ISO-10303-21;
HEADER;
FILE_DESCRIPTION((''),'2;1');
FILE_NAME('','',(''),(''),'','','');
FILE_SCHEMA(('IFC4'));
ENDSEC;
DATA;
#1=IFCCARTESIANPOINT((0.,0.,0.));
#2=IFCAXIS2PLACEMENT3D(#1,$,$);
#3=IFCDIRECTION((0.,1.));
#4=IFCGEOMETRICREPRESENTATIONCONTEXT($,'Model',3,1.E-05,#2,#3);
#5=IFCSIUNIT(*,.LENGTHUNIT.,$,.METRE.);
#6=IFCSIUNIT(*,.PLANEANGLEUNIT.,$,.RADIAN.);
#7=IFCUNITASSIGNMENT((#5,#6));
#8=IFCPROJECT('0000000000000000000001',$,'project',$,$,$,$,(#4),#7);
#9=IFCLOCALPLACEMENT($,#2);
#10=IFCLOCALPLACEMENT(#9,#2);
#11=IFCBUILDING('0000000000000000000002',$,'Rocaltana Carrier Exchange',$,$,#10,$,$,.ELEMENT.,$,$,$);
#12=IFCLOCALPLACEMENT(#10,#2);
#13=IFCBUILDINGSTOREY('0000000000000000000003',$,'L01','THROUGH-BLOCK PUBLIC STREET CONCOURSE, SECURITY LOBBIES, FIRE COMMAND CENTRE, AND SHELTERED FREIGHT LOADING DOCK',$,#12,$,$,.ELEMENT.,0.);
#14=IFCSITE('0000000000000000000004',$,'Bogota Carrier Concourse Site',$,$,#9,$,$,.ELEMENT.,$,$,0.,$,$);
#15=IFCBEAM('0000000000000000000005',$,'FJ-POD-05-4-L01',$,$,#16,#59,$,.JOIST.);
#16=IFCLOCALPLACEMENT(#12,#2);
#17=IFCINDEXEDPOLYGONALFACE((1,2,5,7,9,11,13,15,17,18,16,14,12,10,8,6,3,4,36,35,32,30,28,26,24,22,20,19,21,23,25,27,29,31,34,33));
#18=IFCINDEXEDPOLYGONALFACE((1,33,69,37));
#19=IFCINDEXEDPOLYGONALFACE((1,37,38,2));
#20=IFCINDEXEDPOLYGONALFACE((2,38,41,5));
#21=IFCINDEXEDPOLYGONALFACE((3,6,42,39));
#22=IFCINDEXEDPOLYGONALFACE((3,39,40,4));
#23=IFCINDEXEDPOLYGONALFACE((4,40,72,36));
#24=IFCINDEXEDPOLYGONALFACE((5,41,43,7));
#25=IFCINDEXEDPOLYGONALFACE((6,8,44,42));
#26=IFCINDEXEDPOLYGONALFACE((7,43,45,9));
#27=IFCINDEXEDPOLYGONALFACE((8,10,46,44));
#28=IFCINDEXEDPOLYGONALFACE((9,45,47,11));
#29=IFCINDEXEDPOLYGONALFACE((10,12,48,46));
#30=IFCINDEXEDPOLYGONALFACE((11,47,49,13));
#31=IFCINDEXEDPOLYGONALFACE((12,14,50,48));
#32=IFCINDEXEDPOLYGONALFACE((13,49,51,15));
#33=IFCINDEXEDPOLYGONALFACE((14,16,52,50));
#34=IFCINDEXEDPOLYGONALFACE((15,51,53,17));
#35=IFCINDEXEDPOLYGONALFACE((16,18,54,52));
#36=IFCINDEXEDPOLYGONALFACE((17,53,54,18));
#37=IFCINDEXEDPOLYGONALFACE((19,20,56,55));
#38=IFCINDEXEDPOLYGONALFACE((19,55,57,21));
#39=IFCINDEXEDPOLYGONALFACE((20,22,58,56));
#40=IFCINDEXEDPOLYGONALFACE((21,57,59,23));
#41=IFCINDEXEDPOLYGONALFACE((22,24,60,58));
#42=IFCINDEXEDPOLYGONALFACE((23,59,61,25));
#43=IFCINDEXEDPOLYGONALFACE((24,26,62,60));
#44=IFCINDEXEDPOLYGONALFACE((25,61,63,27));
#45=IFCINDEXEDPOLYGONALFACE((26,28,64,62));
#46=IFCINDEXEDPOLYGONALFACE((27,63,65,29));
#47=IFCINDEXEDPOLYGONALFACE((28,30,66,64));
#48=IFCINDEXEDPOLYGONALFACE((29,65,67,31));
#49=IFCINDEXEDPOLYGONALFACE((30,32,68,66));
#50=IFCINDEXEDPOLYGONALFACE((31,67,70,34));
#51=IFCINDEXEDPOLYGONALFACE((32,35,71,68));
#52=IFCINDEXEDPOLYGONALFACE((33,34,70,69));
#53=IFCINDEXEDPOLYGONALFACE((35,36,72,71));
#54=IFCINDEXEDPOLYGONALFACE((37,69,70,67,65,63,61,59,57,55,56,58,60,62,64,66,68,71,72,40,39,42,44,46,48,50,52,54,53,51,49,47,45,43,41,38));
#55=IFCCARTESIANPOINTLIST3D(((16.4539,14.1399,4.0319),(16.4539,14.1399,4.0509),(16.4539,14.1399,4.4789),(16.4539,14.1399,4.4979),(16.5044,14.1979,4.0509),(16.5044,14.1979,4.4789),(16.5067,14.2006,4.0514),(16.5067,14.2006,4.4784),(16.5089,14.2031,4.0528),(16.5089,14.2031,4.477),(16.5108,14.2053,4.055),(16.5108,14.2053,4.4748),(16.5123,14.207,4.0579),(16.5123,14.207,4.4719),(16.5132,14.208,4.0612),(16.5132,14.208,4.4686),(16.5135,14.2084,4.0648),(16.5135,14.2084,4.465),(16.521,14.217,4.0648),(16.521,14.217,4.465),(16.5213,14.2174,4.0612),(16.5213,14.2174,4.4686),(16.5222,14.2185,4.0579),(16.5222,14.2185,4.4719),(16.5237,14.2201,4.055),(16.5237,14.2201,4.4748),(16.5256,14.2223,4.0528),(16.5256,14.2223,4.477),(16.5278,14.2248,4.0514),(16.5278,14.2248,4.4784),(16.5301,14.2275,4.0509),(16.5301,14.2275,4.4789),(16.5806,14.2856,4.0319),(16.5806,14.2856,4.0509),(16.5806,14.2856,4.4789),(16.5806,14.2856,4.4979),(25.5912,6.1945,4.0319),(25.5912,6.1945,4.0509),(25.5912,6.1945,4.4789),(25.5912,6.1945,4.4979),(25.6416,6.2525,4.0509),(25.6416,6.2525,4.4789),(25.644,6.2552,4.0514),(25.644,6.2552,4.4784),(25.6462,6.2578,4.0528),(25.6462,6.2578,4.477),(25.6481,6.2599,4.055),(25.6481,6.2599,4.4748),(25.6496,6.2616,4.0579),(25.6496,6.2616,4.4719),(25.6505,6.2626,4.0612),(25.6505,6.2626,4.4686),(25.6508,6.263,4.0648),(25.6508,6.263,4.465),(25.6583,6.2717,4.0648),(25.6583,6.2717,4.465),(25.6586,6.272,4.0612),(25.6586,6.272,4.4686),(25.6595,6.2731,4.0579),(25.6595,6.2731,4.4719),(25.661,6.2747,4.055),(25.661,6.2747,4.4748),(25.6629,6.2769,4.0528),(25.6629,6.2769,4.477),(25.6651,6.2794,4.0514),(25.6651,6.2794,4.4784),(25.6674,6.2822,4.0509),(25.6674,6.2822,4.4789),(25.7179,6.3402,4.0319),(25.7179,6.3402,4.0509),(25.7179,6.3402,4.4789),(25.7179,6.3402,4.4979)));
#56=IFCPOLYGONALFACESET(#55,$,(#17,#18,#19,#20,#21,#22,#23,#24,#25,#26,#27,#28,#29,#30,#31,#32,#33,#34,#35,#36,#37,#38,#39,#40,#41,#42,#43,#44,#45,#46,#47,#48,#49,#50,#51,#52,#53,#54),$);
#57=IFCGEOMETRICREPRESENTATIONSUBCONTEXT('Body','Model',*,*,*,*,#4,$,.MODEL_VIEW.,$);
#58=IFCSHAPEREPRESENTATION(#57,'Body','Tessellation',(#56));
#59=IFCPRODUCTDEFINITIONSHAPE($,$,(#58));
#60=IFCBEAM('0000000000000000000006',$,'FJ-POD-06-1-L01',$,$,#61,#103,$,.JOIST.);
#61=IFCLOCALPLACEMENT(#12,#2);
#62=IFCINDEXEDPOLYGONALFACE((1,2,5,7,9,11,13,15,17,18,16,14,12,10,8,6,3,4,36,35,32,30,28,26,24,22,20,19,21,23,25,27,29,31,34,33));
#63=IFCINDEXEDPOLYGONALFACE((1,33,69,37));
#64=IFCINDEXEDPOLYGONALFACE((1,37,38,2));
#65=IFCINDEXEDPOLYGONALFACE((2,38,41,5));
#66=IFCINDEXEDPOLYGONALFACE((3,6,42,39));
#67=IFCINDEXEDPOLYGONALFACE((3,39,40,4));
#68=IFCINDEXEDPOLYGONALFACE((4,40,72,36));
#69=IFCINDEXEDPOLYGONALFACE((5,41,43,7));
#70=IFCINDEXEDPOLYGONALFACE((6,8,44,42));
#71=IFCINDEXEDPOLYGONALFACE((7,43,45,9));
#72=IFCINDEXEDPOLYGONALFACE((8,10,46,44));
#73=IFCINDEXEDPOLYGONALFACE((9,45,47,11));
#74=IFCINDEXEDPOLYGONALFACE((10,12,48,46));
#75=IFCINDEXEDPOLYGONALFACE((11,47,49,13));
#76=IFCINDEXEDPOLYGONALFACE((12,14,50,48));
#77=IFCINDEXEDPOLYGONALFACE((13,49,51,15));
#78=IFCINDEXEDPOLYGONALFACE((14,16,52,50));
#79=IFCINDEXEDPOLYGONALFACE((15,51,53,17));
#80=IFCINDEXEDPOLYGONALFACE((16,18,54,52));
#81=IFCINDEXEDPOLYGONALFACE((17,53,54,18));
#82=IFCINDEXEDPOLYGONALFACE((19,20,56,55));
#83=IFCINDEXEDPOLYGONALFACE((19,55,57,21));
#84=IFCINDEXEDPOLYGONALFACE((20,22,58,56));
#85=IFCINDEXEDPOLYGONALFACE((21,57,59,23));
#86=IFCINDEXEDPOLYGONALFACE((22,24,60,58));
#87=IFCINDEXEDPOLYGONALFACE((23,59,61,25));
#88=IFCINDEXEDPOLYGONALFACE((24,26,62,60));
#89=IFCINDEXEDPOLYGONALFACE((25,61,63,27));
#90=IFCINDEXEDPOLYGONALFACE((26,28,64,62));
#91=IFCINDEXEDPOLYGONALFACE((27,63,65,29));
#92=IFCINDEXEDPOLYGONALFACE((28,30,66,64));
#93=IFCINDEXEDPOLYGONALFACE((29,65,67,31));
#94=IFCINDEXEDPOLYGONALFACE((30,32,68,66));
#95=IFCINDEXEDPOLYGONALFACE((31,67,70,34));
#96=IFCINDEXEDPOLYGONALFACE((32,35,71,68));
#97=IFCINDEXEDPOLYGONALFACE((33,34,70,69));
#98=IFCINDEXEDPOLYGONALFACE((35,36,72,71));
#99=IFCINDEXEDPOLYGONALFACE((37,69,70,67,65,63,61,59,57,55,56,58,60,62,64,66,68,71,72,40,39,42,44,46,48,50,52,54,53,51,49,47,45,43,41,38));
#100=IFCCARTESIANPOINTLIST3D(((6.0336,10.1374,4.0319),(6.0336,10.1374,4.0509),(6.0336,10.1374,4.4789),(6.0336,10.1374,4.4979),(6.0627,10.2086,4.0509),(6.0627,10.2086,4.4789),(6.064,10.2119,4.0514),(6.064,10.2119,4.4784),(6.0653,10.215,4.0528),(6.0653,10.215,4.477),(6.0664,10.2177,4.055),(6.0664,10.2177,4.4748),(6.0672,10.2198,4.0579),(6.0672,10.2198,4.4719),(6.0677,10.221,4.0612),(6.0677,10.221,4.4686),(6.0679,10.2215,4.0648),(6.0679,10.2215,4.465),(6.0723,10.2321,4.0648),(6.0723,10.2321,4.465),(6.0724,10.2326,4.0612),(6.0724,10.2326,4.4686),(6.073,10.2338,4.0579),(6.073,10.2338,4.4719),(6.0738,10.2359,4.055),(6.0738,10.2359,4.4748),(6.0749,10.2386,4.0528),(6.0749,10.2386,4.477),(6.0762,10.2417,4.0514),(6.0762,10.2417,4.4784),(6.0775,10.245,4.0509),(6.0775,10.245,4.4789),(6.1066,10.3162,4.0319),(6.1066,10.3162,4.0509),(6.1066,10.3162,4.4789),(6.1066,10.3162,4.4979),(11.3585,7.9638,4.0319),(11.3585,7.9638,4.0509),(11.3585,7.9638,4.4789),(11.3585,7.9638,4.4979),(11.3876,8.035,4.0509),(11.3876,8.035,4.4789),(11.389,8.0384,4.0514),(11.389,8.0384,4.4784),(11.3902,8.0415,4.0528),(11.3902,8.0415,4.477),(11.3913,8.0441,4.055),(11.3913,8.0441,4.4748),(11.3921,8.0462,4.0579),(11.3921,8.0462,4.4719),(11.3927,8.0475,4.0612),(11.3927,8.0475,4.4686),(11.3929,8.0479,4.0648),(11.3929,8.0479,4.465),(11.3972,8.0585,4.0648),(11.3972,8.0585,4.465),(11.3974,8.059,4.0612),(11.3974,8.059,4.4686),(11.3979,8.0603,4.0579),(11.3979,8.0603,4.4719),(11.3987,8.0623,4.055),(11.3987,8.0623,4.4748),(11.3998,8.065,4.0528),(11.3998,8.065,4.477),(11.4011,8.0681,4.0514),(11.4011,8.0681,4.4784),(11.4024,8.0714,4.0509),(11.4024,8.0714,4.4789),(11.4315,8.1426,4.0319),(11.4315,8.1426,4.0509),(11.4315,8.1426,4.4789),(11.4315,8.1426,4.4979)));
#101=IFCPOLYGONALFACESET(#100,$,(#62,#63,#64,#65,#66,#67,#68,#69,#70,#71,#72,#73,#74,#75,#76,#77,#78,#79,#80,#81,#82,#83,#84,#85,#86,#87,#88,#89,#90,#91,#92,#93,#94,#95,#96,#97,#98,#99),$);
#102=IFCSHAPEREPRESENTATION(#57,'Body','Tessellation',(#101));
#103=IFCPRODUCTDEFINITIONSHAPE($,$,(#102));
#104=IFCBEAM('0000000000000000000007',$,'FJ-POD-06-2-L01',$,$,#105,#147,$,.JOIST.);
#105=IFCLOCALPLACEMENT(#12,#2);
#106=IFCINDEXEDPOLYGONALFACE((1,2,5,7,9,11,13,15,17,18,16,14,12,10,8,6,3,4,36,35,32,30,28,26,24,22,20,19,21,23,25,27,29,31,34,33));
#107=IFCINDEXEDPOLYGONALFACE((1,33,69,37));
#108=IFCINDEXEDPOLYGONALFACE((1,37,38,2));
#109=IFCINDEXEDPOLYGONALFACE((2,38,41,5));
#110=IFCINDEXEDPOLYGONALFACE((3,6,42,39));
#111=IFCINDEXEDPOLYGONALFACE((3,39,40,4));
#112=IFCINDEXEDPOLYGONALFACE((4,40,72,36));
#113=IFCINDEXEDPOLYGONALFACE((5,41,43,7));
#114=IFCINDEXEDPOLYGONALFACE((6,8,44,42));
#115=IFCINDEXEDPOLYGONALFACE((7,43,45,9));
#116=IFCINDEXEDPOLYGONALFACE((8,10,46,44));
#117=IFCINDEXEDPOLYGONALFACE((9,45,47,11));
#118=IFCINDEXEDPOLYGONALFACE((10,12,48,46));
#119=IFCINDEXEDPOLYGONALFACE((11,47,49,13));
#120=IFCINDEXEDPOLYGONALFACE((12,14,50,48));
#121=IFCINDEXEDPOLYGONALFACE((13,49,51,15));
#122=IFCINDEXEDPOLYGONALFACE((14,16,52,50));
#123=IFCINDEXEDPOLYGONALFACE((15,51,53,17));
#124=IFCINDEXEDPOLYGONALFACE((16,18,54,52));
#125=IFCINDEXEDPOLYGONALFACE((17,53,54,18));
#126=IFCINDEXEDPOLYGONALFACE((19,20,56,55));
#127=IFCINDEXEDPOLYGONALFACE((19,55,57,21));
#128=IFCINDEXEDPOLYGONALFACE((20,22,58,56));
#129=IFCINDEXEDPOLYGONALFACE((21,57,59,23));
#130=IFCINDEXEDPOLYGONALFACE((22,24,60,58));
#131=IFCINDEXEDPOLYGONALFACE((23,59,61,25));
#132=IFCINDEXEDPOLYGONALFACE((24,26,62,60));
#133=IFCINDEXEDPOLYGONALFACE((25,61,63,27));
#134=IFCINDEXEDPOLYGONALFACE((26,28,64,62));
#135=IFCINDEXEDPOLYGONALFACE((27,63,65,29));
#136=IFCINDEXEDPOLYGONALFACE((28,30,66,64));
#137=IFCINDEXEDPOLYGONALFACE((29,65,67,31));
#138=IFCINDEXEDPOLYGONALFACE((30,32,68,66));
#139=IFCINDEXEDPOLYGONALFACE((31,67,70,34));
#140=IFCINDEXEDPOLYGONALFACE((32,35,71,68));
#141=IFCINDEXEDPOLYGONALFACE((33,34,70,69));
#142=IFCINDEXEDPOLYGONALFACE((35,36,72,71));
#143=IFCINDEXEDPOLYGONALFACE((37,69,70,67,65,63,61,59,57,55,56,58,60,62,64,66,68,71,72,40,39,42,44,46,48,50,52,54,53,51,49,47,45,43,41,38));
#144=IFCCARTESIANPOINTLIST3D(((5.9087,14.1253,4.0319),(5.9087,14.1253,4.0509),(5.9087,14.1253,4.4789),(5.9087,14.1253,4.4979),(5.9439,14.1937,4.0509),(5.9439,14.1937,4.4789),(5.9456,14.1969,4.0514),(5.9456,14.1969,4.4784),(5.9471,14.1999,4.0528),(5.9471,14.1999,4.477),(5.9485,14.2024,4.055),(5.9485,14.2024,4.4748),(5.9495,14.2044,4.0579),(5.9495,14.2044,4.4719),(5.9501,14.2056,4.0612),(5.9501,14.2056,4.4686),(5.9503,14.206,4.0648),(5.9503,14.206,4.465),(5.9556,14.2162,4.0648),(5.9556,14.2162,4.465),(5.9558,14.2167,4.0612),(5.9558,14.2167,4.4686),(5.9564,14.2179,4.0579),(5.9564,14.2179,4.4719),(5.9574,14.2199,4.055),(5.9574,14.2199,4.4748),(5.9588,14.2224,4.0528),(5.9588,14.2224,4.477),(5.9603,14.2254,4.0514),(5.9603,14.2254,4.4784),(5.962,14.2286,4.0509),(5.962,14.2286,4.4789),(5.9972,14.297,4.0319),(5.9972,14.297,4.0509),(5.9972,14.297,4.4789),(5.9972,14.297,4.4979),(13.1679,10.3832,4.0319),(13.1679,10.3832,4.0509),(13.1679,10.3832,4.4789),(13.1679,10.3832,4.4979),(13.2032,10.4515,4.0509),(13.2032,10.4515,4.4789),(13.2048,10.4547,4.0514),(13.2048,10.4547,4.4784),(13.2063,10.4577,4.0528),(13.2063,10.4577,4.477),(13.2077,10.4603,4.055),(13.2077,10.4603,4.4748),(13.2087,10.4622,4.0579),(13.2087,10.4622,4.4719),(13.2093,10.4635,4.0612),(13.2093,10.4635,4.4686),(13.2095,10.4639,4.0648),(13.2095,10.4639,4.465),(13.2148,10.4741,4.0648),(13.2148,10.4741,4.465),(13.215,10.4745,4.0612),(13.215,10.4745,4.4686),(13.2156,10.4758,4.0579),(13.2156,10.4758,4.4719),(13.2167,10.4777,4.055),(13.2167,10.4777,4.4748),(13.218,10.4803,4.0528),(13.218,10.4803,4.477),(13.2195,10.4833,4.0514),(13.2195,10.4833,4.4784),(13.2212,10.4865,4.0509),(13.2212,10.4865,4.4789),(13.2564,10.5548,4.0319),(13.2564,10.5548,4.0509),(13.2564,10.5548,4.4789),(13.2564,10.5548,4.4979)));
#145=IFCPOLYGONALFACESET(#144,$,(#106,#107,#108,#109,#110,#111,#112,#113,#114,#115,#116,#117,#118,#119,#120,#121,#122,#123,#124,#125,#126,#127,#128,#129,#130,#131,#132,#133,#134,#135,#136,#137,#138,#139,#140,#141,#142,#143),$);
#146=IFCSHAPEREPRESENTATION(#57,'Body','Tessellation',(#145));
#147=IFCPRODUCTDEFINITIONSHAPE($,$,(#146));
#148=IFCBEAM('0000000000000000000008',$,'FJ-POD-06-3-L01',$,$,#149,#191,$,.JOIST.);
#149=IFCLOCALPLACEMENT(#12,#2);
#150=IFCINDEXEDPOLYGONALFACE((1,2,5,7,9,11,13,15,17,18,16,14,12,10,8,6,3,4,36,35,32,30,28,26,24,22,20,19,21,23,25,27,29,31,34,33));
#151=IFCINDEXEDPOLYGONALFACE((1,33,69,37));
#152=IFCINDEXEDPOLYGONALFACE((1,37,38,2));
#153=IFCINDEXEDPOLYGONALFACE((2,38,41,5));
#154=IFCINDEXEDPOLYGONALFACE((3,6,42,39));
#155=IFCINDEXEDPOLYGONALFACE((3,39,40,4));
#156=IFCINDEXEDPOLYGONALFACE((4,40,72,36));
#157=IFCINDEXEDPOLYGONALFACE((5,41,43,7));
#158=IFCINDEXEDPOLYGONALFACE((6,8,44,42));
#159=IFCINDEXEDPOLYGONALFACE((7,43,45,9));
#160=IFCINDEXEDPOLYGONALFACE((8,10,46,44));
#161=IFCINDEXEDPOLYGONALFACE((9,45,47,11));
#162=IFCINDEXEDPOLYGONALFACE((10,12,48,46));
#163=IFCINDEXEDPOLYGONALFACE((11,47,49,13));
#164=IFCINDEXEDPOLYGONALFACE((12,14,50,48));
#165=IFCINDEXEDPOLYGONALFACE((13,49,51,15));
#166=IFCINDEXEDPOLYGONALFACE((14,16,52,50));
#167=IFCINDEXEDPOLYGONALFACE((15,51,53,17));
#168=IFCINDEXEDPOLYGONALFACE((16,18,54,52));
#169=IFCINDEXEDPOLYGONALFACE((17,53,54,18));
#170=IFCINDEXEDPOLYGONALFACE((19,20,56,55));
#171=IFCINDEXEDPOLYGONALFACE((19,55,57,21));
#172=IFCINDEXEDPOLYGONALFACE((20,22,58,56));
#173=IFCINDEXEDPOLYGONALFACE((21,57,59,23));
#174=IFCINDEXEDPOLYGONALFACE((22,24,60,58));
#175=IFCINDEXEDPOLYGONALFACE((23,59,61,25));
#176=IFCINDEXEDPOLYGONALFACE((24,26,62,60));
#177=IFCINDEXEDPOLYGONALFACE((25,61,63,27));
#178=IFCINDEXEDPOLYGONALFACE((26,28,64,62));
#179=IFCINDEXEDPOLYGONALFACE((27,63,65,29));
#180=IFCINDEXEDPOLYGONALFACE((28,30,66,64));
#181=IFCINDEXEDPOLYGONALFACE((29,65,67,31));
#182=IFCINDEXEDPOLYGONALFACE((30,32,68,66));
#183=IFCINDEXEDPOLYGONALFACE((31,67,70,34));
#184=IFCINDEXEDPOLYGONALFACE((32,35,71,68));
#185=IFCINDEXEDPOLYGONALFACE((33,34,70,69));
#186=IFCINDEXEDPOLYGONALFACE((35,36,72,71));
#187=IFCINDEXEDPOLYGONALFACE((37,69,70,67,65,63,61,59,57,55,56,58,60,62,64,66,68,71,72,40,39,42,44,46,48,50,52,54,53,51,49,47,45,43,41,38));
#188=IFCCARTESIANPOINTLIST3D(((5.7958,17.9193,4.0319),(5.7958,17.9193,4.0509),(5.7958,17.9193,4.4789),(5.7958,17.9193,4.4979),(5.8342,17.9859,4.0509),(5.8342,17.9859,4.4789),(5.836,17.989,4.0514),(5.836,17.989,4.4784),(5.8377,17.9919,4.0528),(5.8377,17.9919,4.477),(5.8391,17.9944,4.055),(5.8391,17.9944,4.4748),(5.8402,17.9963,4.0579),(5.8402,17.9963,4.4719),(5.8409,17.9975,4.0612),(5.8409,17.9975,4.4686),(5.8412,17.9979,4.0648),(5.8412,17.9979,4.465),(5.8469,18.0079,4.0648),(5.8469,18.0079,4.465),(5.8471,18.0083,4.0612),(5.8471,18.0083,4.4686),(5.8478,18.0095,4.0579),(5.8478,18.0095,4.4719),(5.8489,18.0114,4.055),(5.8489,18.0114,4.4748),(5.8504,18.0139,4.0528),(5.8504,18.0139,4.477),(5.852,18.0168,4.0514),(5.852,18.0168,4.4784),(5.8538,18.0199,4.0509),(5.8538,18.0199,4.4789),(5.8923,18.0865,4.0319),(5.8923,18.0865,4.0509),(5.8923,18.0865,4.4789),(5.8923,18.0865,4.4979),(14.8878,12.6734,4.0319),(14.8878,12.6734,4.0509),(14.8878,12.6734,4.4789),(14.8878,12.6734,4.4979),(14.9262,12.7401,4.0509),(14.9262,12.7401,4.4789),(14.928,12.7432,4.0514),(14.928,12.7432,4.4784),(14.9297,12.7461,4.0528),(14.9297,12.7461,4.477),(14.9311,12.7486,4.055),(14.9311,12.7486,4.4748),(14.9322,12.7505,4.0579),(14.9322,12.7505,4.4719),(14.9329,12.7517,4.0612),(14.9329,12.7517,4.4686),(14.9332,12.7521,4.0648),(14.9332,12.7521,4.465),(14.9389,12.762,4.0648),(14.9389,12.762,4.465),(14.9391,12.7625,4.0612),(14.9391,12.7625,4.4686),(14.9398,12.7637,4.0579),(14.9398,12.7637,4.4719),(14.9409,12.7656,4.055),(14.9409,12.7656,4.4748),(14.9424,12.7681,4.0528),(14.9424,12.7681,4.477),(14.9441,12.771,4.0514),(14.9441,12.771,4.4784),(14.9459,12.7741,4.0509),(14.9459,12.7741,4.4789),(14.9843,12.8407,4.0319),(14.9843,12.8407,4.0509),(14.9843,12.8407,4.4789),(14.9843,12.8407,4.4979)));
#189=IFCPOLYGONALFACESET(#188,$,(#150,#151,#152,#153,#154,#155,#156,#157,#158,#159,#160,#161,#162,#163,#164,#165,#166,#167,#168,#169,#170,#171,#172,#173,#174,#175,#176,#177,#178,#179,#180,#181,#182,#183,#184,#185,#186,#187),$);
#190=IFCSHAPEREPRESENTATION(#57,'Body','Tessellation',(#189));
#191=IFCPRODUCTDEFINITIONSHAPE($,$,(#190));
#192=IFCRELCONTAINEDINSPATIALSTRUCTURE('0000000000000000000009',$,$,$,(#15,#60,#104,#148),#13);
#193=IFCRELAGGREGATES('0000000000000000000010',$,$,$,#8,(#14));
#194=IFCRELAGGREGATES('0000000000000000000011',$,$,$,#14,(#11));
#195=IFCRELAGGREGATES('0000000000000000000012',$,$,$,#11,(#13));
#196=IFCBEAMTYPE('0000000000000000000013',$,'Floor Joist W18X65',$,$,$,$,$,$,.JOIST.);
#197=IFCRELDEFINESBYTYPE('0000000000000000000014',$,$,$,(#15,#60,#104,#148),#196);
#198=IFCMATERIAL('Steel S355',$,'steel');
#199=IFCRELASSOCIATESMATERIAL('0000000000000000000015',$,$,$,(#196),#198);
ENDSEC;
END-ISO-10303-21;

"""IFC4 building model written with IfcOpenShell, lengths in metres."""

from ifc_helpers import new_model, si_unit, direction, frame, origin, origin_2d, place, context, subcontext, project, spatial, i_section, extrude, material, material_profile, profile_set, type_object, element, save


model = new_model("IFC4")

# Units and contexts
model_context = context("Model", 3, precision=1e-05, world=origin(), true_north=direction((0.0, 1.0)))
body_context = subcontext(model_context, "Body", "Model", "MODEL_VIEW")
ifc_project = project(units=[si_unit("LENGTHUNIT", "METRE"), si_unit("PLANEANGLEUNIT", "RADIAN")], contexts=[model_context])

# Site, building, storey
site_placement = place(None, origin())
site = spatial("IfcSite", under=ifc_project, at=site_placement, Name="Bogota Carrier Concourse Site", CompositionType="ELEMENT", RefElevation=0.0)
building_placement = place(site_placement, origin())
building = spatial("IfcBuilding", under=site, at=building_placement, Name="Rocaltana Carrier Exchange", CompositionType="ELEMENT")
storey_placement = place(building_placement, origin())
storey = spatial("IfcBuildingStorey", under=building, at=storey_placement, Name="L01", Description="THROUGH-BLOCK PUBLIC STREET CONCOURSE, SECURITY LOBBIES, FIRE COMMAND CENTRE, AND SHELTERED FREIGHT LOADING DOCK", CompositionType="ELEMENT", Elevation=0.0)

# Beams
ifc_material_1 = material(Name="Steel S355", Category="steel")
ifc_material_profile_1 = material_profile(ifc_material_1, i_section(OverallWidth=0.1931, OverallDepth=0.4661, WebThickness=0.0115, FlangeThickness=0.019, FilletRadius=0.0139, at=origin_2d()), Name="W18X65")
ifc_profile_set_1 = profile_set([ifc_material_profile_1], Name="Steel S355")
beam_type_1 = type_object("IfcBeamType", Name="Floor Joist W18X65", PredefinedType="JOIST", material=ifc_profile_set_1)
beam_1_placement = place(storey_placement, frame((25.6545, 6.2673, 4.2649), z_axis=(-0.754609, 0.656175, 0.0), x_axis=(-0.656175, -0.754609, 0.0)))
element("IfcBeam", 1, at=beam_1_placement, inside=storey, type_object=beam_type_1, Name="FJ-POD-05-4-L01", PredefinedType="JOIST", context=body_context, shape_type="SweptSolid", body=[
    extrude(i_section(OverallWidth=0.1931, OverallDepth=0.4661, WebThickness=0.0115, FlangeThickness=0.019, FilletRadius=0.0139, at=origin_2d()), origin(), (0.0, 0.0, 1.0), 12.1086),
])
beam_2_placement = place(storey_placement, frame((11.395, 8.0532, 4.2649), z_axis=(-0.925839, 0.377917, 0.0), x_axis=(-0.377917, -0.925839, 0.0)))
element("IfcBeam", 2, at=beam_2_placement, inside=storey, type_object=beam_type_1, Name="FJ-POD-06-1-L01", PredefinedType="JOIST", context=body_context, shape_type="SweptSolid", body=[
    extrude(i_section(OverallWidth=0.1931, OverallDepth=0.4661, WebThickness=0.0115, FlangeThickness=0.019, FilletRadius=0.0139, at=origin_2d()), origin(), (0.0, 0.0, 1.0), 5.7515),
])
beam_3_placement = place(storey_placement, frame((13.2122, 10.469, 4.2649), z_axis=(-0.888847, 0.458204, 0.0), x_axis=(-0.458204, -0.888847, 0.0)))
element("IfcBeam", 3, at=beam_3_placement, inside=storey, type_object=beam_type_1, Name="FJ-POD-06-2-L01", PredefinedType="JOIST", context=body_context, shape_type="SweptSolid", body=[
    extrude(i_section(OverallWidth=0.1931, OverallDepth=0.4661, WebThickness=0.0115, FlangeThickness=0.019, FilletRadius=0.0139, at=origin_2d()), origin(), (0.0, 0.0, 1.0), 8.167),
])
beam_4_placement = place(storey_placement, frame((14.936, 12.7571, 4.2649), z_axis=(-0.866167, 0.499754, 0.0), x_axis=(-0.499754, -0.866167, 0.0)))
element("IfcBeam", 4, at=beam_4_placement, inside=storey, type_object=beam_type_1, Name="FJ-POD-06-3-L01", PredefinedType="JOIST", context=body_context, shape_type="SweptSolid", body=[
    extrude(i_section(OverallWidth=0.1931, OverallDepth=0.4661, WebThickness=0.0115, FlangeThickness=0.019, FilletRadius=0.0139, at=origin_2d()), origin(), (0.0, 0.0, 1.0), 10.4968),
])

save(model, "model.ifc")
